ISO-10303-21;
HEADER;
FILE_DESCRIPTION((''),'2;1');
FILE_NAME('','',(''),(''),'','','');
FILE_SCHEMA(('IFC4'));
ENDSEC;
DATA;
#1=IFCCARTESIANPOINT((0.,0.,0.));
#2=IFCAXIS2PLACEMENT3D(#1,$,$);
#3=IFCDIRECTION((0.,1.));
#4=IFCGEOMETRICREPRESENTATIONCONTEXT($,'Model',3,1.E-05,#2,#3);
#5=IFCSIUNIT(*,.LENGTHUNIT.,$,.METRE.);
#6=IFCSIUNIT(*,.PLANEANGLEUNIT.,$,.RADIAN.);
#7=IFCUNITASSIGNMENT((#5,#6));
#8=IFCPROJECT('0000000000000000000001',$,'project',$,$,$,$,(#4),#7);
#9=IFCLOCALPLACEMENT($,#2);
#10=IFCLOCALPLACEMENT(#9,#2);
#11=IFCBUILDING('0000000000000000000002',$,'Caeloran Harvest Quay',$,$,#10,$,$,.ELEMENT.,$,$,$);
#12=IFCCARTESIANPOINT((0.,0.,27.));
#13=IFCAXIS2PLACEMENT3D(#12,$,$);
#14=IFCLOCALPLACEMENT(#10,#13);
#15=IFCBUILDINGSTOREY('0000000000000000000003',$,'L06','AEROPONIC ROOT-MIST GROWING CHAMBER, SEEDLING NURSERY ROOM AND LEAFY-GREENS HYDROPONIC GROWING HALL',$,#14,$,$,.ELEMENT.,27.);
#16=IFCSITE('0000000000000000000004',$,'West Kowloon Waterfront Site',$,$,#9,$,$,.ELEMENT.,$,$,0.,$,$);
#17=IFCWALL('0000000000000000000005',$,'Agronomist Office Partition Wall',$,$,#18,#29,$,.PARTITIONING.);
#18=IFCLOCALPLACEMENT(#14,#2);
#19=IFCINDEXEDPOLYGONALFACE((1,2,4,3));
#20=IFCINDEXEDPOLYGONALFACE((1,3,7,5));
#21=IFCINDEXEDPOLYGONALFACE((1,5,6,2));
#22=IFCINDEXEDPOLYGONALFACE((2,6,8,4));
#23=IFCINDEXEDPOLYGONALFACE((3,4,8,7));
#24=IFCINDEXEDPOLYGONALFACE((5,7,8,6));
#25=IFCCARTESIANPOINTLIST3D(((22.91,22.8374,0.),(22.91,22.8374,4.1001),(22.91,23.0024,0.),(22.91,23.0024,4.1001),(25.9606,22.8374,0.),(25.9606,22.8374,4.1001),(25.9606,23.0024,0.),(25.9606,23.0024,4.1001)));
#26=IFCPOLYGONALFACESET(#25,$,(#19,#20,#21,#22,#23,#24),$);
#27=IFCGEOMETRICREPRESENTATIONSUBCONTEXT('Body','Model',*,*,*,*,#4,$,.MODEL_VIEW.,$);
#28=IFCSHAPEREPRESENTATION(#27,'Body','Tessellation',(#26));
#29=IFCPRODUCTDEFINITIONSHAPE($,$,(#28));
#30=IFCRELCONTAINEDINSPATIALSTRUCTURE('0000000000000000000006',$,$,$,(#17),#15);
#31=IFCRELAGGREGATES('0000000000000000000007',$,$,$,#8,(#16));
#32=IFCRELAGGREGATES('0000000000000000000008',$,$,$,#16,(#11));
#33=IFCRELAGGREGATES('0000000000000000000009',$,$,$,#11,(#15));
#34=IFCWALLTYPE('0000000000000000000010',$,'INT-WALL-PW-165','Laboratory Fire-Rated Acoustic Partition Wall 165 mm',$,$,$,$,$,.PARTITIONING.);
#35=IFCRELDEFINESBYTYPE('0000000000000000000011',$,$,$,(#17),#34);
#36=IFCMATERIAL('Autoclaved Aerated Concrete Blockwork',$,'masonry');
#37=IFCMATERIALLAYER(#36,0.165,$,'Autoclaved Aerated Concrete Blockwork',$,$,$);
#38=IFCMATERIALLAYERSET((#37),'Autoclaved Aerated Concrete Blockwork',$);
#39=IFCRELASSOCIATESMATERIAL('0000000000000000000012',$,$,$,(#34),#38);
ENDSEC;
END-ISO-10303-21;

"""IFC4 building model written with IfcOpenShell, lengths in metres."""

from ifc_helpers import new_model, si_unit, direction, frame, frame_2d, origin, place, context, subcontext, project, spatial, rectangle, extrude, material, layer, layer_set, type_object, element, save


model = new_model("IFC4")

# Units and contexts
model_context = context("Model", 3, precision=1e-05, world=origin(), true_north=direction((0.0, 1.0)))
body_context = subcontext(model_context, "Body", "Model", "MODEL_VIEW")
ifc_project = project(units=[si_unit("LENGTHUNIT", "METRE"), si_unit("PLANEANGLEUNIT", "RADIAN")], contexts=[model_context])

# Site, building, storey
site_placement = place(None, origin())
site = spatial("IfcSite", under=ifc_project, at=site_placement, Name="West Kowloon Waterfront Site", CompositionType="ELEMENT", RefElevation=0.0)
building_placement = place(site_placement, origin())
building = spatial("IfcBuilding", under=site, at=building_placement, Name="Caeloran Harvest Quay", CompositionType="ELEMENT")
storey_placement = place(building_placement, frame((0.0, 0.0, 27.0)))
storey = spatial("IfcBuildingStorey", under=building, at=storey_placement, Name="L06", Description="AEROPONIC ROOT-MIST GROWING CHAMBER, SEEDLING NURSERY ROOM AND LEAFY-GREENS HYDROPONIC GROWING HALL", CompositionType="ELEMENT", Elevation=27.0)

# Wall
ifc_material_1 = material(Name="Autoclaved Aerated Concrete Blockwork", Category="masonry")
ifc_layer = layer(ifc_material_1, 0.165, Name="Autoclaved Aerated Concrete Blockwork")
ifc_layer_set = layer_set([ifc_layer], Name="Autoclaved Aerated Concrete Blockwork")
wall_type = type_object("IfcWallType", Name="INT-WALL-PW-165", Description="Laboratory Fire-Rated Acoustic Partition Wall 165 mm", PredefinedType="PARTITIONING", material=ifc_layer_set)
wall_placement = place(storey_placement, frame((22.9099, 22.9199, 0.0), z_axis=(0.0, 0.0, 1.0), x_axis=(1.0, 0.0, 0.0)))
element("IfcWall", 1, at=wall_placement, inside=storey, type_object=wall_type, Name="Agronomist Office Partition Wall", PredefinedType="PARTITIONING", context=body_context, shape_type="SweptSolid", body=[
    extrude(rectangle(XDim=3.0505, YDim=0.165, at=frame_2d((1.5254, 0.0))), origin(), (0.0, 0.0, 1.0), 4.1001),
])

save(model, "model.ifc")
